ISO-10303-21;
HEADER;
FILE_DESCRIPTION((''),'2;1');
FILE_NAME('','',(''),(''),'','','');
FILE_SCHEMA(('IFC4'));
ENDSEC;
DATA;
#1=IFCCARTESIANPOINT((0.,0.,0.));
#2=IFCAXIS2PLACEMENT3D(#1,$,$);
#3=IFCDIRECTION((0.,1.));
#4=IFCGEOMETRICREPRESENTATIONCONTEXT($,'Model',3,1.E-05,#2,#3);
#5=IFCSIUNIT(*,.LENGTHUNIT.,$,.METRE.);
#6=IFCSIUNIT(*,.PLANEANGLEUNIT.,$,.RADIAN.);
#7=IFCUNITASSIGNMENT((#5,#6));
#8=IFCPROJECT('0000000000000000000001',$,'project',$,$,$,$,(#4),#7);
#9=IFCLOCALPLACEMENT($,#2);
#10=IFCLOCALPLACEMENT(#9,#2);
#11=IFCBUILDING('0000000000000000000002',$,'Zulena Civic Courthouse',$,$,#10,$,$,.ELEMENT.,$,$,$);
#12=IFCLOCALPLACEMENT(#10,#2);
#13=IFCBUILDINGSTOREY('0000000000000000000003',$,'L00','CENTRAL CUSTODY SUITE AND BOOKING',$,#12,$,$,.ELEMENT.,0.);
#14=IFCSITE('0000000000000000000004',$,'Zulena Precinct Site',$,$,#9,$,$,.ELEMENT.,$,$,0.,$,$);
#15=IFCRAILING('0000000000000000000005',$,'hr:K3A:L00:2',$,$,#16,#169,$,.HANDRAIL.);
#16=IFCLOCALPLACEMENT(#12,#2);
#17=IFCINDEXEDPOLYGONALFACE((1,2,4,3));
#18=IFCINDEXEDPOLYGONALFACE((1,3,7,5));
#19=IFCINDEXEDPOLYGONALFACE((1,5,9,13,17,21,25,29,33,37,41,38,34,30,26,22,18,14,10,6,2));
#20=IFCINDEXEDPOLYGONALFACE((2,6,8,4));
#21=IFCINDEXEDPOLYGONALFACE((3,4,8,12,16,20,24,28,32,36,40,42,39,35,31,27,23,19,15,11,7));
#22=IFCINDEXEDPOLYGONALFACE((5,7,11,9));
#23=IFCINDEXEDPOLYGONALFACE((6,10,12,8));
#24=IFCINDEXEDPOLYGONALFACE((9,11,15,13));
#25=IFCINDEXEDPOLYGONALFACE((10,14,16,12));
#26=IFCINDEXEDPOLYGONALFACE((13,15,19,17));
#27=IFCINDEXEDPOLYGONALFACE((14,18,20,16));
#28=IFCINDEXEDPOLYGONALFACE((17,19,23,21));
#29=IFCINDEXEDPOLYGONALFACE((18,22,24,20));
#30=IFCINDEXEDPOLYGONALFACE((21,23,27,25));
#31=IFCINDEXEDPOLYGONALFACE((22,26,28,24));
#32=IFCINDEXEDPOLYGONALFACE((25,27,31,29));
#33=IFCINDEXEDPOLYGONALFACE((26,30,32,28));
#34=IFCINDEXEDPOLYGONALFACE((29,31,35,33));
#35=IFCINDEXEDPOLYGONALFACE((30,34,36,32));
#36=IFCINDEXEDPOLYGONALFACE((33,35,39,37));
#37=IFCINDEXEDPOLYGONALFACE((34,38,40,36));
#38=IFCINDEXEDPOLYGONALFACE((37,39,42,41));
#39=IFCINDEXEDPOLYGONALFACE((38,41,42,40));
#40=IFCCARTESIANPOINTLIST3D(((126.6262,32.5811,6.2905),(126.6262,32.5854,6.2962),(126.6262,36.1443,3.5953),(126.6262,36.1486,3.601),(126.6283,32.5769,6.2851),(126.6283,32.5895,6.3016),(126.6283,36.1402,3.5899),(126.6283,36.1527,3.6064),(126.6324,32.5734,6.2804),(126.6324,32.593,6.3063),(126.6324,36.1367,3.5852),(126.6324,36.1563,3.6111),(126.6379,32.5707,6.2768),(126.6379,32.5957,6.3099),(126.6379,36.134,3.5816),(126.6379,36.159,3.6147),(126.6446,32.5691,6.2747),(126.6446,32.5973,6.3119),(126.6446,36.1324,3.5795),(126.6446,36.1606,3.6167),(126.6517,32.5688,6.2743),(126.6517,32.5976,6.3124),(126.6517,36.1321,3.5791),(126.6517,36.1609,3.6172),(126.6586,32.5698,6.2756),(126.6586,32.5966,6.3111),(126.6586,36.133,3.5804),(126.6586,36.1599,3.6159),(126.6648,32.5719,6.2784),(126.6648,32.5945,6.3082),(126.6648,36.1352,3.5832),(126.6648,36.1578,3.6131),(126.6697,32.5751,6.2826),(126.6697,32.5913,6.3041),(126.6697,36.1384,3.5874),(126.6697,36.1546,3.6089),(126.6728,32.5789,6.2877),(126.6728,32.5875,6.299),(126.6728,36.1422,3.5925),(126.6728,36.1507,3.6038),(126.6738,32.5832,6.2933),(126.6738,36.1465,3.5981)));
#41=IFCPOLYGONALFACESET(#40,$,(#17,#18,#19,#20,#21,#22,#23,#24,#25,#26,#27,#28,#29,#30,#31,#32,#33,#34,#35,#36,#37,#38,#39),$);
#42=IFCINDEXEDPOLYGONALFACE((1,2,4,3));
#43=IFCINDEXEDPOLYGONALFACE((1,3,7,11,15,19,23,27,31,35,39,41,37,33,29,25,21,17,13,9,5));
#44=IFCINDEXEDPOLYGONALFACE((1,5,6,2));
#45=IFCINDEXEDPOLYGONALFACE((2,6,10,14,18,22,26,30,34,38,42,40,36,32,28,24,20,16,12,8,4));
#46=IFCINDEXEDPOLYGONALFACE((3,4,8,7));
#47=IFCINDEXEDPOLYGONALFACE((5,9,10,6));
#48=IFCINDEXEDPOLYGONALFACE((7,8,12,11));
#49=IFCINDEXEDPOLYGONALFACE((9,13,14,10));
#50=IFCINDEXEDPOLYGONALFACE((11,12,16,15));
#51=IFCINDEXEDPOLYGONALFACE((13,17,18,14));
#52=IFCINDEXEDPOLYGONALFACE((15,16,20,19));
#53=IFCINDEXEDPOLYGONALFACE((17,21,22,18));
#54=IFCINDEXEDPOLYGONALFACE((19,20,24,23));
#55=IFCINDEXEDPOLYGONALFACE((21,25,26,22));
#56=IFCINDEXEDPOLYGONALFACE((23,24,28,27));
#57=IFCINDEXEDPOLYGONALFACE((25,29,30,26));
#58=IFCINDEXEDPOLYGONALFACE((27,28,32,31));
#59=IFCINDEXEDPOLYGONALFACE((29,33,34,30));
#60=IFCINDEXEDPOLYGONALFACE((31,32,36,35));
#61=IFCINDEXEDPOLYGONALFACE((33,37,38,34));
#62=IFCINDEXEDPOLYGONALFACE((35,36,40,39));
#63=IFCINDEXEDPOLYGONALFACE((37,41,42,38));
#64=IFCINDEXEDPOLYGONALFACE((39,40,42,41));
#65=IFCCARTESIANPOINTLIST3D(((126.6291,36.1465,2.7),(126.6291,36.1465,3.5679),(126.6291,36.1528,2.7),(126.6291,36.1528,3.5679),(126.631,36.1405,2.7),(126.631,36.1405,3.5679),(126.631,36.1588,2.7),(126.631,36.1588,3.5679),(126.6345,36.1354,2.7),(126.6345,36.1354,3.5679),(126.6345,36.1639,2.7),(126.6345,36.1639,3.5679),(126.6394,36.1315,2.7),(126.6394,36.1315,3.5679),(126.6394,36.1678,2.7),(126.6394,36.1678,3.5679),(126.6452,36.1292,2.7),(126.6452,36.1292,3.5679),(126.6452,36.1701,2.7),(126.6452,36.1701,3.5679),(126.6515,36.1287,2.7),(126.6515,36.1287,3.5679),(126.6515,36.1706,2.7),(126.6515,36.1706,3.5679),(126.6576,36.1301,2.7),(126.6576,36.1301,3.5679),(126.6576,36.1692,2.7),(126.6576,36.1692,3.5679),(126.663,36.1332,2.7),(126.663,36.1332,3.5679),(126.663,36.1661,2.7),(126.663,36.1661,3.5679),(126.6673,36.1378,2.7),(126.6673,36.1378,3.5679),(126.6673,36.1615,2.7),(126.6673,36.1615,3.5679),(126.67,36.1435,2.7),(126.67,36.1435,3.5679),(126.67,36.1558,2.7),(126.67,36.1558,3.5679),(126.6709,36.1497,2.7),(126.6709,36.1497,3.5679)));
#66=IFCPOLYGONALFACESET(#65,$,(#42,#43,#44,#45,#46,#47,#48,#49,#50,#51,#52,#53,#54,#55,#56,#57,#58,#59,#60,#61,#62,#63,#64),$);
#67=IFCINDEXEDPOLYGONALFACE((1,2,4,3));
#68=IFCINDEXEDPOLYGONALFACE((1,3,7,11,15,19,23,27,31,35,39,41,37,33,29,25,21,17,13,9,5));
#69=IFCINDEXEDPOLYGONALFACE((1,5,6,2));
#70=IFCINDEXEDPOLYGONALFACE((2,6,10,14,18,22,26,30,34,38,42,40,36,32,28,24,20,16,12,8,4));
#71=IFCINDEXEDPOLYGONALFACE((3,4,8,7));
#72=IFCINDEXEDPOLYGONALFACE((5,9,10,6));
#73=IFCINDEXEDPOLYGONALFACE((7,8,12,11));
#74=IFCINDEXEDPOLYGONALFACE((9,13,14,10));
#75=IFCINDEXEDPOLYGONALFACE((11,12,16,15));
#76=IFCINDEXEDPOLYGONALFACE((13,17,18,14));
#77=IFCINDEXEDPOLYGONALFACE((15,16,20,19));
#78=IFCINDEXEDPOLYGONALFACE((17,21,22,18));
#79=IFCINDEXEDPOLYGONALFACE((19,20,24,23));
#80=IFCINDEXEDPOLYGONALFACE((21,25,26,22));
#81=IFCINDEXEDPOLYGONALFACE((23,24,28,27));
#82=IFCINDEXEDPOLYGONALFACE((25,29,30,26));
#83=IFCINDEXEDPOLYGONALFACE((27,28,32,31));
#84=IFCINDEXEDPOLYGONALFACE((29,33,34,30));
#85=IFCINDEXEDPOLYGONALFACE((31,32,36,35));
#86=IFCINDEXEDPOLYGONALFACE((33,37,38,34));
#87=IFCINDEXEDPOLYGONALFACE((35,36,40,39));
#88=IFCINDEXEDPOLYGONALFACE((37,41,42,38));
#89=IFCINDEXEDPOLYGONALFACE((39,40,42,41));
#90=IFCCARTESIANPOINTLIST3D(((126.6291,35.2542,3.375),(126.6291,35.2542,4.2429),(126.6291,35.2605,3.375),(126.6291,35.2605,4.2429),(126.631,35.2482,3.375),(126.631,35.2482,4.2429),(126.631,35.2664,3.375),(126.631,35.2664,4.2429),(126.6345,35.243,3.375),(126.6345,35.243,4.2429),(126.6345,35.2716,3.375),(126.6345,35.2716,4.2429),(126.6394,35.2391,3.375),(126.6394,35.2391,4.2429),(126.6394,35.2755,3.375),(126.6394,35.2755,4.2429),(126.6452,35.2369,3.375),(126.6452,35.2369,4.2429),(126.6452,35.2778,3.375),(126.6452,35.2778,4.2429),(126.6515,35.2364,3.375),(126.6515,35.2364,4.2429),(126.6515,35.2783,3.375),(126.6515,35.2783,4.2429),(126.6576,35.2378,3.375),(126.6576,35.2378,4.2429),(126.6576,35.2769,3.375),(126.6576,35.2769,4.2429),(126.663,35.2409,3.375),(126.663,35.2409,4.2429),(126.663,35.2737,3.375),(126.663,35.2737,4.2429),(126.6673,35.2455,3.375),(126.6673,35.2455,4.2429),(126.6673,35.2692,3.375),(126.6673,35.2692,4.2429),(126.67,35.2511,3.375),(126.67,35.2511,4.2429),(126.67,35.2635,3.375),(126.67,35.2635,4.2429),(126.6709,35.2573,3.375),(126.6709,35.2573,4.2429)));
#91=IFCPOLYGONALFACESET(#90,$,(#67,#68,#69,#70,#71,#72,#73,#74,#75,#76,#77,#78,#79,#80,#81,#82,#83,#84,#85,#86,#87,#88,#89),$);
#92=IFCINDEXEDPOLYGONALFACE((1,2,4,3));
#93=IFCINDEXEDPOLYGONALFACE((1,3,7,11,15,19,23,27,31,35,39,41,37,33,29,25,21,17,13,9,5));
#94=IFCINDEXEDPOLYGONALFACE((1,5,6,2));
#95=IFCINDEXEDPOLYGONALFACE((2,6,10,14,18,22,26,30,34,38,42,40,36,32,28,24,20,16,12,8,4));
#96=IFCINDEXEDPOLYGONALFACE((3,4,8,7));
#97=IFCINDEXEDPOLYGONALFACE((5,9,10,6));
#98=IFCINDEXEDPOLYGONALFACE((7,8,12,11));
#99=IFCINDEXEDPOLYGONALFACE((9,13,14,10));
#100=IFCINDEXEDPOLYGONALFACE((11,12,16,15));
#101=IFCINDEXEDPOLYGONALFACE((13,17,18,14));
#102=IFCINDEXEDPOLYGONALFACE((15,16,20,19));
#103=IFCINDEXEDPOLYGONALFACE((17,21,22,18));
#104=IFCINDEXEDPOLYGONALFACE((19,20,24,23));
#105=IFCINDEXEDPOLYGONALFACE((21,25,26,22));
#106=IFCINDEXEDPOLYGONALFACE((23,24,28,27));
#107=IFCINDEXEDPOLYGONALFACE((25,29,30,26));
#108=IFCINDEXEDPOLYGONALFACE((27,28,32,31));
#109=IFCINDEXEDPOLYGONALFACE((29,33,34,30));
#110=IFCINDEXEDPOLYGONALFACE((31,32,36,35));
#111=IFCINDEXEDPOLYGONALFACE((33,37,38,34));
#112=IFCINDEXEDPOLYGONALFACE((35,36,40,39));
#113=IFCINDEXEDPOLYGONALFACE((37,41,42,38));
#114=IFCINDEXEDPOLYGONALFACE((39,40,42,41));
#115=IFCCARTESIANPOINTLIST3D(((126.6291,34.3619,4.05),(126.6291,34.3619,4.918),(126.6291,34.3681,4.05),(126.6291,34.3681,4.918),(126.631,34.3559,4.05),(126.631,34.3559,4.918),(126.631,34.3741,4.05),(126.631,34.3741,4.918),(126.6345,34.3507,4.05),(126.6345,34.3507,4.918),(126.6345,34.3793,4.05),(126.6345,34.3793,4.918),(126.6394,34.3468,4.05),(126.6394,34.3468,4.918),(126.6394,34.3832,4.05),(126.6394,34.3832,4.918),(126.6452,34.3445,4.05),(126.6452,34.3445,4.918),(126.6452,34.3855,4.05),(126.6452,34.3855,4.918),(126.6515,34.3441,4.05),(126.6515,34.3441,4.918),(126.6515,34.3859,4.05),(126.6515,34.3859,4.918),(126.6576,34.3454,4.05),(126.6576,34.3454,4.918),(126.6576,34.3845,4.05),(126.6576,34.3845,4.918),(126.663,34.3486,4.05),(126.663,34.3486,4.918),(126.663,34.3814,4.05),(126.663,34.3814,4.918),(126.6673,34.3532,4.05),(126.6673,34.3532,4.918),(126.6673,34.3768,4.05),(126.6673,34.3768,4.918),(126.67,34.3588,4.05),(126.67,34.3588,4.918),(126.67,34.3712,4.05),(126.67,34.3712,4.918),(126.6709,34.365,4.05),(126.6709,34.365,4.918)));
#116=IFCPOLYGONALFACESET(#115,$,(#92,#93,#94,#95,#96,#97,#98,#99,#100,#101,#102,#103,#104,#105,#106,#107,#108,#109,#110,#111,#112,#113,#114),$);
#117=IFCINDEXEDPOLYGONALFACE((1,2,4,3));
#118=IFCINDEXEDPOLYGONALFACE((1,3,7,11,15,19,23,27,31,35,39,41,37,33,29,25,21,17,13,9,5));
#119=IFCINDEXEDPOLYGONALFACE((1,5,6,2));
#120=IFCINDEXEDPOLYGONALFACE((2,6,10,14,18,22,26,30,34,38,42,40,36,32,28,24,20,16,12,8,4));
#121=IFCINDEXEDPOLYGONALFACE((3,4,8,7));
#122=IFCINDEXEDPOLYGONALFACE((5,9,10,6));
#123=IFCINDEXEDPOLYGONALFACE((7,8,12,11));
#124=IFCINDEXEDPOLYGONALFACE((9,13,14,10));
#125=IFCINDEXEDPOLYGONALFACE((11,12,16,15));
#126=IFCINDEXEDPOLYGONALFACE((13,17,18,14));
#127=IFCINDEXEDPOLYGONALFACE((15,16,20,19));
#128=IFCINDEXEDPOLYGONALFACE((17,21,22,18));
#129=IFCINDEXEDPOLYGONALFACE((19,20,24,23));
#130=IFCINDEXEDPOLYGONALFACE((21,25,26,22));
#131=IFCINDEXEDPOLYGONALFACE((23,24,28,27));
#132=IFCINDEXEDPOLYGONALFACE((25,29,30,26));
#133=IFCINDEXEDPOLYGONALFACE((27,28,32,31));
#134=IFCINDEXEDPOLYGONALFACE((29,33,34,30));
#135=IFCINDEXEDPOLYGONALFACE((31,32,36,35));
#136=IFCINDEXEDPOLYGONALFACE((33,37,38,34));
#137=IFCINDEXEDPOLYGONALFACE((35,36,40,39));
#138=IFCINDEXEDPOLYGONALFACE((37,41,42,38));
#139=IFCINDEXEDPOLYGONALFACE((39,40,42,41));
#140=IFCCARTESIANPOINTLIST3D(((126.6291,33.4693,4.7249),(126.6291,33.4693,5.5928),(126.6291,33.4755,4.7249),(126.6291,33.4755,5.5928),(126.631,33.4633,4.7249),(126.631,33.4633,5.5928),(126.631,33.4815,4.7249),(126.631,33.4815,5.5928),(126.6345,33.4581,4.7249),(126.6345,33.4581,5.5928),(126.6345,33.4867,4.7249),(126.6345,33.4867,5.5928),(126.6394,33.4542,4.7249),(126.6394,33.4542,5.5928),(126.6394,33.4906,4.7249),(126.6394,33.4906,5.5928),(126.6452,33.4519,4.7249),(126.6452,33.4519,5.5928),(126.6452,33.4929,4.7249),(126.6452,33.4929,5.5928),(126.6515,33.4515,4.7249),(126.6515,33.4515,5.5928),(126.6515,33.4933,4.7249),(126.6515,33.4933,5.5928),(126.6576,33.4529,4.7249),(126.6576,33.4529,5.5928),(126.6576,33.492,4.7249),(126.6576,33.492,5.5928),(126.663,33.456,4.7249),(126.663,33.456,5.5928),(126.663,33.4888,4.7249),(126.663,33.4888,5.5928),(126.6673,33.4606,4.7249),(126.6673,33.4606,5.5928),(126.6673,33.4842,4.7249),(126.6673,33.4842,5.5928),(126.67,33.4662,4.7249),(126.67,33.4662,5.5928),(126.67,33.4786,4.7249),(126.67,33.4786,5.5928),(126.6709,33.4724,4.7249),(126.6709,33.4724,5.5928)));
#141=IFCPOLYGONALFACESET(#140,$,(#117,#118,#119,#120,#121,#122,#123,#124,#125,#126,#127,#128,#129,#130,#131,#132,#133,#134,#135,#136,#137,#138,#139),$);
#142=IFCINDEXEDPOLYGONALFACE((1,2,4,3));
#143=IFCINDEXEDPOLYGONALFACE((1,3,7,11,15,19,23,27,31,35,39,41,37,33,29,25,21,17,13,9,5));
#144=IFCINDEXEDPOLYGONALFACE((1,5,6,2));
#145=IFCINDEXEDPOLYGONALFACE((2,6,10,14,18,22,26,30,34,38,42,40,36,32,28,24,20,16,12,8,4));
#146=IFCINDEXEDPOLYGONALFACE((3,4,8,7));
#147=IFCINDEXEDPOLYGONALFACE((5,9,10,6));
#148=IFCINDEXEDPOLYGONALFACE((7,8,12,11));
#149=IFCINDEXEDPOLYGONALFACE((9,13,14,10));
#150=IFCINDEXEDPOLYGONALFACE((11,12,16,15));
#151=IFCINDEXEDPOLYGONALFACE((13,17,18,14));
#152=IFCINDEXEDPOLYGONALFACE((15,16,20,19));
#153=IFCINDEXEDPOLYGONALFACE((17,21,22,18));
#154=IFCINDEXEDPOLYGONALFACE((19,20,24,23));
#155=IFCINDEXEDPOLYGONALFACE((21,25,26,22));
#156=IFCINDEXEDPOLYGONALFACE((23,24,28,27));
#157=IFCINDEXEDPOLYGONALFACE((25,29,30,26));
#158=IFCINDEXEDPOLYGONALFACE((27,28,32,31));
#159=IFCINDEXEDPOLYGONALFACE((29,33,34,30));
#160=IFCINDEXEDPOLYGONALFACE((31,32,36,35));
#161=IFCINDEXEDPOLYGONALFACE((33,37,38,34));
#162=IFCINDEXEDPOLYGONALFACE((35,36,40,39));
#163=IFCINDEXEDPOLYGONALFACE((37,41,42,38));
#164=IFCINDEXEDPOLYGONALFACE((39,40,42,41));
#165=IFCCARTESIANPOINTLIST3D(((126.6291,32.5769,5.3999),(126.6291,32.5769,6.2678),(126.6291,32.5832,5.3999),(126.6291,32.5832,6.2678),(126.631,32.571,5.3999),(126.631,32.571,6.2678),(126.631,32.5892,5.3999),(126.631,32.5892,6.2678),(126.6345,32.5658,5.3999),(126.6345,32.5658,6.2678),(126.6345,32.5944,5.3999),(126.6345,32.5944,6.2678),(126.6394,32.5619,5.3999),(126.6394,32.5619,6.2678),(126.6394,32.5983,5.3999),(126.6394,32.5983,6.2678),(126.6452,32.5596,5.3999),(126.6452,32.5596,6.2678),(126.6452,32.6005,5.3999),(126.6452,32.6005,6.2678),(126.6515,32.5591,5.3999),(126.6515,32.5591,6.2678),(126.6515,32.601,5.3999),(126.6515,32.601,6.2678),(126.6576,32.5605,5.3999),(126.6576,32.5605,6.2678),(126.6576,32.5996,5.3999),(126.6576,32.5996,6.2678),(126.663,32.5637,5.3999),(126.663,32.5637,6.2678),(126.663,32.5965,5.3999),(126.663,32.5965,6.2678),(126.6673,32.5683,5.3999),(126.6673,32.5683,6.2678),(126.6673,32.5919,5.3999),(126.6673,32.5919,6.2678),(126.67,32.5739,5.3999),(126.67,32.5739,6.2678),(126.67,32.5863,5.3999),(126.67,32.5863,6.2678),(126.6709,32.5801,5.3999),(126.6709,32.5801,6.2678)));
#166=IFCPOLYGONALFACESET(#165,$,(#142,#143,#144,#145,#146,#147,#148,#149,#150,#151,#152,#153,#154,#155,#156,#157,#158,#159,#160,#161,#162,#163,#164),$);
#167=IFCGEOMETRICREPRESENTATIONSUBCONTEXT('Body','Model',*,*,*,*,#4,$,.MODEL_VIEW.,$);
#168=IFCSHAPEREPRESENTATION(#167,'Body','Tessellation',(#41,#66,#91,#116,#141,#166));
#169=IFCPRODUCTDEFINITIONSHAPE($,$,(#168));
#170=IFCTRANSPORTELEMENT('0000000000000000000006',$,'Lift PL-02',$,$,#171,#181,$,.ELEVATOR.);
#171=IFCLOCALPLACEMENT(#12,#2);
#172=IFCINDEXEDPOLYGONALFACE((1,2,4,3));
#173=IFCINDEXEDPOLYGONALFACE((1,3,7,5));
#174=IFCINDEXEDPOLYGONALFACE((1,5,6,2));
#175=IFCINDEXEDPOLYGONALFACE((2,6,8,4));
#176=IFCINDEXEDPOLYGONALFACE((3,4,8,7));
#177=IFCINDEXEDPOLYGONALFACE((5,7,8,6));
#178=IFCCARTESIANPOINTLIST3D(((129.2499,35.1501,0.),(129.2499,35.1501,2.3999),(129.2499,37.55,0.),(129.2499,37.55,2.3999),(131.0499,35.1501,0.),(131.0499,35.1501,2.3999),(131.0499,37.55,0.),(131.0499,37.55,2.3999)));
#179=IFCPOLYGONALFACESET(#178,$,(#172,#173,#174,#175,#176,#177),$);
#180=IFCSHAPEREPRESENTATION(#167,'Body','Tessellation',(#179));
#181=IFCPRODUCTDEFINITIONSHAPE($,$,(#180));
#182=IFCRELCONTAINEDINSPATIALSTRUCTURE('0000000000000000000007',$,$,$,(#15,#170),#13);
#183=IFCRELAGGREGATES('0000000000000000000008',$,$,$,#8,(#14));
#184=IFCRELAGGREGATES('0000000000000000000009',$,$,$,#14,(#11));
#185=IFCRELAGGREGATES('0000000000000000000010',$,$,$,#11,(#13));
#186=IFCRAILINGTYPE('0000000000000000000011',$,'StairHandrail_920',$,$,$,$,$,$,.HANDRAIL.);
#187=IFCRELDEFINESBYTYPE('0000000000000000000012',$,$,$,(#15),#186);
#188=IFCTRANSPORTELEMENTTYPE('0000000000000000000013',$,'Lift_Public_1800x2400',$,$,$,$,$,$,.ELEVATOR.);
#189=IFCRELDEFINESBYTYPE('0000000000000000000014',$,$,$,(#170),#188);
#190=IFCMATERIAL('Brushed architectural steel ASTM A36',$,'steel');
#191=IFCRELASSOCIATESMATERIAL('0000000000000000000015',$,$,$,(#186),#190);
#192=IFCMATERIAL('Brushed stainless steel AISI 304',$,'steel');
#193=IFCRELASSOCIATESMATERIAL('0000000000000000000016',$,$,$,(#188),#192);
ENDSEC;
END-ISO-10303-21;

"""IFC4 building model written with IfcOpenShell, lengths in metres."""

from ifc_helpers import new_model, si_unit, direction, frame, origin, origin_2d, place, context, subcontext, project, spatial, rectangle, circle, extrude, material, type_object, element, save


model = new_model("IFC4")

# Units and contexts
model_context = context("Model", 3, precision=1e-05, world=origin(), true_north=direction((0.0, 1.0)))
body_context = subcontext(model_context, "Body", "Model", "MODEL_VIEW")
ifc_project = project(units=[si_unit("LENGTHUNIT", "METRE"), si_unit("PLANEANGLEUNIT", "RADIAN")], contexts=[model_context])

# Site, building, storey
site_placement = place(None, origin())
site = spatial("IfcSite", under=ifc_project, at=site_placement, Name="Zulena Precinct Site", CompositionType="ELEMENT", RefElevation=0.0)
building_placement = place(site_placement, origin())
building = spatial("IfcBuilding", under=site, at=building_placement, Name="Zulena Civic Courthouse", CompositionType="ELEMENT")
storey_placement = place(building_placement, origin())
storey = spatial("IfcBuildingStorey", under=building, at=storey_placement, Name="L00", Description="CENTRAL CUSTODY SUITE AND BOOKING", CompositionType="ELEMENT", Elevation=0.0)

# Railing
ifc_material_1 = material(Name="Brushed architectural steel ASTM A36", Category="steel")
railing_type_1 = type_object("IfcRailingType", Name="StairHandrail_920", PredefinedType="HANDRAIL", material=ifc_material_1)
railing_1_placement = place(storey_placement, frame((126.6499, 36.1497, 2.7)))
element("IfcRailing", 1, at=railing_1_placement, inside=storey, type_object=railing_type_1, Name="hr:K3A:L00:2", PredefinedType="HANDRAIL", context=body_context, shape_type="SweptSolid", body=[
    extrude(circle(Radius=0.0239, at=origin_2d()), frame((0.0, -0.0032, 0.8982), z_axis=(0.0, -0.797552, 0.60325), x_axis=(1.0, 0.0, 0.0)), (0.0, 0.0, 1.0), 4.4678),
    extrude(circle(Radius=0.021, at=origin_2d()), origin(), (0.0, 0.0, 1.0), 0.8679),
    extrude(circle(Radius=0.021, at=origin_2d()), frame((0.0, -0.8923, 0.675)), (0.0, 0.0, 1.0), 0.8679),
    extrude(circle(Radius=0.021, at=origin_2d()), frame((0.0, -1.7847, 1.3501)), (0.0, 0.0, 1.0), 0.8679),
    extrude(circle(Radius=0.021, at=origin_2d()), frame((0.0, -2.6772, 2.0249)), (0.0, 0.0, 1.0), 0.8679),
    extrude(circle(Radius=0.021, at=origin_2d()), frame((0.0, -3.5696, 2.7)), (0.0, 0.0, 1.0), 0.8679),
])

# Transport element
ifc_material_2 = material(Name="Brushed stainless steel AISI 304", Category="steel")
transport_element_type = type_object("IfcTransportElementType", Name="Lift_Public_1800x2400", PredefinedType="ELEVATOR", material=ifc_material_2)
transport_element_placement = place(storey_placement, frame((130.1499, 36.3501, 0.0), z_axis=(0.0, 0.0, 1.0), x_axis=(1.0, 0.0, 0.0)))
element("IfcTransportElement", 2, at=transport_element_placement, inside=storey, type_object=transport_element_type, Name="Lift PL-02", PredefinedType="ELEVATOR", context=body_context, shape_type="SweptSolid", body=[
    extrude(rectangle(XDim=1.8, YDim=2.3999, at=origin_2d()), origin(), (0.0, 0.0, 1.0), 2.3999),
])

save(model, "model.ifc")
